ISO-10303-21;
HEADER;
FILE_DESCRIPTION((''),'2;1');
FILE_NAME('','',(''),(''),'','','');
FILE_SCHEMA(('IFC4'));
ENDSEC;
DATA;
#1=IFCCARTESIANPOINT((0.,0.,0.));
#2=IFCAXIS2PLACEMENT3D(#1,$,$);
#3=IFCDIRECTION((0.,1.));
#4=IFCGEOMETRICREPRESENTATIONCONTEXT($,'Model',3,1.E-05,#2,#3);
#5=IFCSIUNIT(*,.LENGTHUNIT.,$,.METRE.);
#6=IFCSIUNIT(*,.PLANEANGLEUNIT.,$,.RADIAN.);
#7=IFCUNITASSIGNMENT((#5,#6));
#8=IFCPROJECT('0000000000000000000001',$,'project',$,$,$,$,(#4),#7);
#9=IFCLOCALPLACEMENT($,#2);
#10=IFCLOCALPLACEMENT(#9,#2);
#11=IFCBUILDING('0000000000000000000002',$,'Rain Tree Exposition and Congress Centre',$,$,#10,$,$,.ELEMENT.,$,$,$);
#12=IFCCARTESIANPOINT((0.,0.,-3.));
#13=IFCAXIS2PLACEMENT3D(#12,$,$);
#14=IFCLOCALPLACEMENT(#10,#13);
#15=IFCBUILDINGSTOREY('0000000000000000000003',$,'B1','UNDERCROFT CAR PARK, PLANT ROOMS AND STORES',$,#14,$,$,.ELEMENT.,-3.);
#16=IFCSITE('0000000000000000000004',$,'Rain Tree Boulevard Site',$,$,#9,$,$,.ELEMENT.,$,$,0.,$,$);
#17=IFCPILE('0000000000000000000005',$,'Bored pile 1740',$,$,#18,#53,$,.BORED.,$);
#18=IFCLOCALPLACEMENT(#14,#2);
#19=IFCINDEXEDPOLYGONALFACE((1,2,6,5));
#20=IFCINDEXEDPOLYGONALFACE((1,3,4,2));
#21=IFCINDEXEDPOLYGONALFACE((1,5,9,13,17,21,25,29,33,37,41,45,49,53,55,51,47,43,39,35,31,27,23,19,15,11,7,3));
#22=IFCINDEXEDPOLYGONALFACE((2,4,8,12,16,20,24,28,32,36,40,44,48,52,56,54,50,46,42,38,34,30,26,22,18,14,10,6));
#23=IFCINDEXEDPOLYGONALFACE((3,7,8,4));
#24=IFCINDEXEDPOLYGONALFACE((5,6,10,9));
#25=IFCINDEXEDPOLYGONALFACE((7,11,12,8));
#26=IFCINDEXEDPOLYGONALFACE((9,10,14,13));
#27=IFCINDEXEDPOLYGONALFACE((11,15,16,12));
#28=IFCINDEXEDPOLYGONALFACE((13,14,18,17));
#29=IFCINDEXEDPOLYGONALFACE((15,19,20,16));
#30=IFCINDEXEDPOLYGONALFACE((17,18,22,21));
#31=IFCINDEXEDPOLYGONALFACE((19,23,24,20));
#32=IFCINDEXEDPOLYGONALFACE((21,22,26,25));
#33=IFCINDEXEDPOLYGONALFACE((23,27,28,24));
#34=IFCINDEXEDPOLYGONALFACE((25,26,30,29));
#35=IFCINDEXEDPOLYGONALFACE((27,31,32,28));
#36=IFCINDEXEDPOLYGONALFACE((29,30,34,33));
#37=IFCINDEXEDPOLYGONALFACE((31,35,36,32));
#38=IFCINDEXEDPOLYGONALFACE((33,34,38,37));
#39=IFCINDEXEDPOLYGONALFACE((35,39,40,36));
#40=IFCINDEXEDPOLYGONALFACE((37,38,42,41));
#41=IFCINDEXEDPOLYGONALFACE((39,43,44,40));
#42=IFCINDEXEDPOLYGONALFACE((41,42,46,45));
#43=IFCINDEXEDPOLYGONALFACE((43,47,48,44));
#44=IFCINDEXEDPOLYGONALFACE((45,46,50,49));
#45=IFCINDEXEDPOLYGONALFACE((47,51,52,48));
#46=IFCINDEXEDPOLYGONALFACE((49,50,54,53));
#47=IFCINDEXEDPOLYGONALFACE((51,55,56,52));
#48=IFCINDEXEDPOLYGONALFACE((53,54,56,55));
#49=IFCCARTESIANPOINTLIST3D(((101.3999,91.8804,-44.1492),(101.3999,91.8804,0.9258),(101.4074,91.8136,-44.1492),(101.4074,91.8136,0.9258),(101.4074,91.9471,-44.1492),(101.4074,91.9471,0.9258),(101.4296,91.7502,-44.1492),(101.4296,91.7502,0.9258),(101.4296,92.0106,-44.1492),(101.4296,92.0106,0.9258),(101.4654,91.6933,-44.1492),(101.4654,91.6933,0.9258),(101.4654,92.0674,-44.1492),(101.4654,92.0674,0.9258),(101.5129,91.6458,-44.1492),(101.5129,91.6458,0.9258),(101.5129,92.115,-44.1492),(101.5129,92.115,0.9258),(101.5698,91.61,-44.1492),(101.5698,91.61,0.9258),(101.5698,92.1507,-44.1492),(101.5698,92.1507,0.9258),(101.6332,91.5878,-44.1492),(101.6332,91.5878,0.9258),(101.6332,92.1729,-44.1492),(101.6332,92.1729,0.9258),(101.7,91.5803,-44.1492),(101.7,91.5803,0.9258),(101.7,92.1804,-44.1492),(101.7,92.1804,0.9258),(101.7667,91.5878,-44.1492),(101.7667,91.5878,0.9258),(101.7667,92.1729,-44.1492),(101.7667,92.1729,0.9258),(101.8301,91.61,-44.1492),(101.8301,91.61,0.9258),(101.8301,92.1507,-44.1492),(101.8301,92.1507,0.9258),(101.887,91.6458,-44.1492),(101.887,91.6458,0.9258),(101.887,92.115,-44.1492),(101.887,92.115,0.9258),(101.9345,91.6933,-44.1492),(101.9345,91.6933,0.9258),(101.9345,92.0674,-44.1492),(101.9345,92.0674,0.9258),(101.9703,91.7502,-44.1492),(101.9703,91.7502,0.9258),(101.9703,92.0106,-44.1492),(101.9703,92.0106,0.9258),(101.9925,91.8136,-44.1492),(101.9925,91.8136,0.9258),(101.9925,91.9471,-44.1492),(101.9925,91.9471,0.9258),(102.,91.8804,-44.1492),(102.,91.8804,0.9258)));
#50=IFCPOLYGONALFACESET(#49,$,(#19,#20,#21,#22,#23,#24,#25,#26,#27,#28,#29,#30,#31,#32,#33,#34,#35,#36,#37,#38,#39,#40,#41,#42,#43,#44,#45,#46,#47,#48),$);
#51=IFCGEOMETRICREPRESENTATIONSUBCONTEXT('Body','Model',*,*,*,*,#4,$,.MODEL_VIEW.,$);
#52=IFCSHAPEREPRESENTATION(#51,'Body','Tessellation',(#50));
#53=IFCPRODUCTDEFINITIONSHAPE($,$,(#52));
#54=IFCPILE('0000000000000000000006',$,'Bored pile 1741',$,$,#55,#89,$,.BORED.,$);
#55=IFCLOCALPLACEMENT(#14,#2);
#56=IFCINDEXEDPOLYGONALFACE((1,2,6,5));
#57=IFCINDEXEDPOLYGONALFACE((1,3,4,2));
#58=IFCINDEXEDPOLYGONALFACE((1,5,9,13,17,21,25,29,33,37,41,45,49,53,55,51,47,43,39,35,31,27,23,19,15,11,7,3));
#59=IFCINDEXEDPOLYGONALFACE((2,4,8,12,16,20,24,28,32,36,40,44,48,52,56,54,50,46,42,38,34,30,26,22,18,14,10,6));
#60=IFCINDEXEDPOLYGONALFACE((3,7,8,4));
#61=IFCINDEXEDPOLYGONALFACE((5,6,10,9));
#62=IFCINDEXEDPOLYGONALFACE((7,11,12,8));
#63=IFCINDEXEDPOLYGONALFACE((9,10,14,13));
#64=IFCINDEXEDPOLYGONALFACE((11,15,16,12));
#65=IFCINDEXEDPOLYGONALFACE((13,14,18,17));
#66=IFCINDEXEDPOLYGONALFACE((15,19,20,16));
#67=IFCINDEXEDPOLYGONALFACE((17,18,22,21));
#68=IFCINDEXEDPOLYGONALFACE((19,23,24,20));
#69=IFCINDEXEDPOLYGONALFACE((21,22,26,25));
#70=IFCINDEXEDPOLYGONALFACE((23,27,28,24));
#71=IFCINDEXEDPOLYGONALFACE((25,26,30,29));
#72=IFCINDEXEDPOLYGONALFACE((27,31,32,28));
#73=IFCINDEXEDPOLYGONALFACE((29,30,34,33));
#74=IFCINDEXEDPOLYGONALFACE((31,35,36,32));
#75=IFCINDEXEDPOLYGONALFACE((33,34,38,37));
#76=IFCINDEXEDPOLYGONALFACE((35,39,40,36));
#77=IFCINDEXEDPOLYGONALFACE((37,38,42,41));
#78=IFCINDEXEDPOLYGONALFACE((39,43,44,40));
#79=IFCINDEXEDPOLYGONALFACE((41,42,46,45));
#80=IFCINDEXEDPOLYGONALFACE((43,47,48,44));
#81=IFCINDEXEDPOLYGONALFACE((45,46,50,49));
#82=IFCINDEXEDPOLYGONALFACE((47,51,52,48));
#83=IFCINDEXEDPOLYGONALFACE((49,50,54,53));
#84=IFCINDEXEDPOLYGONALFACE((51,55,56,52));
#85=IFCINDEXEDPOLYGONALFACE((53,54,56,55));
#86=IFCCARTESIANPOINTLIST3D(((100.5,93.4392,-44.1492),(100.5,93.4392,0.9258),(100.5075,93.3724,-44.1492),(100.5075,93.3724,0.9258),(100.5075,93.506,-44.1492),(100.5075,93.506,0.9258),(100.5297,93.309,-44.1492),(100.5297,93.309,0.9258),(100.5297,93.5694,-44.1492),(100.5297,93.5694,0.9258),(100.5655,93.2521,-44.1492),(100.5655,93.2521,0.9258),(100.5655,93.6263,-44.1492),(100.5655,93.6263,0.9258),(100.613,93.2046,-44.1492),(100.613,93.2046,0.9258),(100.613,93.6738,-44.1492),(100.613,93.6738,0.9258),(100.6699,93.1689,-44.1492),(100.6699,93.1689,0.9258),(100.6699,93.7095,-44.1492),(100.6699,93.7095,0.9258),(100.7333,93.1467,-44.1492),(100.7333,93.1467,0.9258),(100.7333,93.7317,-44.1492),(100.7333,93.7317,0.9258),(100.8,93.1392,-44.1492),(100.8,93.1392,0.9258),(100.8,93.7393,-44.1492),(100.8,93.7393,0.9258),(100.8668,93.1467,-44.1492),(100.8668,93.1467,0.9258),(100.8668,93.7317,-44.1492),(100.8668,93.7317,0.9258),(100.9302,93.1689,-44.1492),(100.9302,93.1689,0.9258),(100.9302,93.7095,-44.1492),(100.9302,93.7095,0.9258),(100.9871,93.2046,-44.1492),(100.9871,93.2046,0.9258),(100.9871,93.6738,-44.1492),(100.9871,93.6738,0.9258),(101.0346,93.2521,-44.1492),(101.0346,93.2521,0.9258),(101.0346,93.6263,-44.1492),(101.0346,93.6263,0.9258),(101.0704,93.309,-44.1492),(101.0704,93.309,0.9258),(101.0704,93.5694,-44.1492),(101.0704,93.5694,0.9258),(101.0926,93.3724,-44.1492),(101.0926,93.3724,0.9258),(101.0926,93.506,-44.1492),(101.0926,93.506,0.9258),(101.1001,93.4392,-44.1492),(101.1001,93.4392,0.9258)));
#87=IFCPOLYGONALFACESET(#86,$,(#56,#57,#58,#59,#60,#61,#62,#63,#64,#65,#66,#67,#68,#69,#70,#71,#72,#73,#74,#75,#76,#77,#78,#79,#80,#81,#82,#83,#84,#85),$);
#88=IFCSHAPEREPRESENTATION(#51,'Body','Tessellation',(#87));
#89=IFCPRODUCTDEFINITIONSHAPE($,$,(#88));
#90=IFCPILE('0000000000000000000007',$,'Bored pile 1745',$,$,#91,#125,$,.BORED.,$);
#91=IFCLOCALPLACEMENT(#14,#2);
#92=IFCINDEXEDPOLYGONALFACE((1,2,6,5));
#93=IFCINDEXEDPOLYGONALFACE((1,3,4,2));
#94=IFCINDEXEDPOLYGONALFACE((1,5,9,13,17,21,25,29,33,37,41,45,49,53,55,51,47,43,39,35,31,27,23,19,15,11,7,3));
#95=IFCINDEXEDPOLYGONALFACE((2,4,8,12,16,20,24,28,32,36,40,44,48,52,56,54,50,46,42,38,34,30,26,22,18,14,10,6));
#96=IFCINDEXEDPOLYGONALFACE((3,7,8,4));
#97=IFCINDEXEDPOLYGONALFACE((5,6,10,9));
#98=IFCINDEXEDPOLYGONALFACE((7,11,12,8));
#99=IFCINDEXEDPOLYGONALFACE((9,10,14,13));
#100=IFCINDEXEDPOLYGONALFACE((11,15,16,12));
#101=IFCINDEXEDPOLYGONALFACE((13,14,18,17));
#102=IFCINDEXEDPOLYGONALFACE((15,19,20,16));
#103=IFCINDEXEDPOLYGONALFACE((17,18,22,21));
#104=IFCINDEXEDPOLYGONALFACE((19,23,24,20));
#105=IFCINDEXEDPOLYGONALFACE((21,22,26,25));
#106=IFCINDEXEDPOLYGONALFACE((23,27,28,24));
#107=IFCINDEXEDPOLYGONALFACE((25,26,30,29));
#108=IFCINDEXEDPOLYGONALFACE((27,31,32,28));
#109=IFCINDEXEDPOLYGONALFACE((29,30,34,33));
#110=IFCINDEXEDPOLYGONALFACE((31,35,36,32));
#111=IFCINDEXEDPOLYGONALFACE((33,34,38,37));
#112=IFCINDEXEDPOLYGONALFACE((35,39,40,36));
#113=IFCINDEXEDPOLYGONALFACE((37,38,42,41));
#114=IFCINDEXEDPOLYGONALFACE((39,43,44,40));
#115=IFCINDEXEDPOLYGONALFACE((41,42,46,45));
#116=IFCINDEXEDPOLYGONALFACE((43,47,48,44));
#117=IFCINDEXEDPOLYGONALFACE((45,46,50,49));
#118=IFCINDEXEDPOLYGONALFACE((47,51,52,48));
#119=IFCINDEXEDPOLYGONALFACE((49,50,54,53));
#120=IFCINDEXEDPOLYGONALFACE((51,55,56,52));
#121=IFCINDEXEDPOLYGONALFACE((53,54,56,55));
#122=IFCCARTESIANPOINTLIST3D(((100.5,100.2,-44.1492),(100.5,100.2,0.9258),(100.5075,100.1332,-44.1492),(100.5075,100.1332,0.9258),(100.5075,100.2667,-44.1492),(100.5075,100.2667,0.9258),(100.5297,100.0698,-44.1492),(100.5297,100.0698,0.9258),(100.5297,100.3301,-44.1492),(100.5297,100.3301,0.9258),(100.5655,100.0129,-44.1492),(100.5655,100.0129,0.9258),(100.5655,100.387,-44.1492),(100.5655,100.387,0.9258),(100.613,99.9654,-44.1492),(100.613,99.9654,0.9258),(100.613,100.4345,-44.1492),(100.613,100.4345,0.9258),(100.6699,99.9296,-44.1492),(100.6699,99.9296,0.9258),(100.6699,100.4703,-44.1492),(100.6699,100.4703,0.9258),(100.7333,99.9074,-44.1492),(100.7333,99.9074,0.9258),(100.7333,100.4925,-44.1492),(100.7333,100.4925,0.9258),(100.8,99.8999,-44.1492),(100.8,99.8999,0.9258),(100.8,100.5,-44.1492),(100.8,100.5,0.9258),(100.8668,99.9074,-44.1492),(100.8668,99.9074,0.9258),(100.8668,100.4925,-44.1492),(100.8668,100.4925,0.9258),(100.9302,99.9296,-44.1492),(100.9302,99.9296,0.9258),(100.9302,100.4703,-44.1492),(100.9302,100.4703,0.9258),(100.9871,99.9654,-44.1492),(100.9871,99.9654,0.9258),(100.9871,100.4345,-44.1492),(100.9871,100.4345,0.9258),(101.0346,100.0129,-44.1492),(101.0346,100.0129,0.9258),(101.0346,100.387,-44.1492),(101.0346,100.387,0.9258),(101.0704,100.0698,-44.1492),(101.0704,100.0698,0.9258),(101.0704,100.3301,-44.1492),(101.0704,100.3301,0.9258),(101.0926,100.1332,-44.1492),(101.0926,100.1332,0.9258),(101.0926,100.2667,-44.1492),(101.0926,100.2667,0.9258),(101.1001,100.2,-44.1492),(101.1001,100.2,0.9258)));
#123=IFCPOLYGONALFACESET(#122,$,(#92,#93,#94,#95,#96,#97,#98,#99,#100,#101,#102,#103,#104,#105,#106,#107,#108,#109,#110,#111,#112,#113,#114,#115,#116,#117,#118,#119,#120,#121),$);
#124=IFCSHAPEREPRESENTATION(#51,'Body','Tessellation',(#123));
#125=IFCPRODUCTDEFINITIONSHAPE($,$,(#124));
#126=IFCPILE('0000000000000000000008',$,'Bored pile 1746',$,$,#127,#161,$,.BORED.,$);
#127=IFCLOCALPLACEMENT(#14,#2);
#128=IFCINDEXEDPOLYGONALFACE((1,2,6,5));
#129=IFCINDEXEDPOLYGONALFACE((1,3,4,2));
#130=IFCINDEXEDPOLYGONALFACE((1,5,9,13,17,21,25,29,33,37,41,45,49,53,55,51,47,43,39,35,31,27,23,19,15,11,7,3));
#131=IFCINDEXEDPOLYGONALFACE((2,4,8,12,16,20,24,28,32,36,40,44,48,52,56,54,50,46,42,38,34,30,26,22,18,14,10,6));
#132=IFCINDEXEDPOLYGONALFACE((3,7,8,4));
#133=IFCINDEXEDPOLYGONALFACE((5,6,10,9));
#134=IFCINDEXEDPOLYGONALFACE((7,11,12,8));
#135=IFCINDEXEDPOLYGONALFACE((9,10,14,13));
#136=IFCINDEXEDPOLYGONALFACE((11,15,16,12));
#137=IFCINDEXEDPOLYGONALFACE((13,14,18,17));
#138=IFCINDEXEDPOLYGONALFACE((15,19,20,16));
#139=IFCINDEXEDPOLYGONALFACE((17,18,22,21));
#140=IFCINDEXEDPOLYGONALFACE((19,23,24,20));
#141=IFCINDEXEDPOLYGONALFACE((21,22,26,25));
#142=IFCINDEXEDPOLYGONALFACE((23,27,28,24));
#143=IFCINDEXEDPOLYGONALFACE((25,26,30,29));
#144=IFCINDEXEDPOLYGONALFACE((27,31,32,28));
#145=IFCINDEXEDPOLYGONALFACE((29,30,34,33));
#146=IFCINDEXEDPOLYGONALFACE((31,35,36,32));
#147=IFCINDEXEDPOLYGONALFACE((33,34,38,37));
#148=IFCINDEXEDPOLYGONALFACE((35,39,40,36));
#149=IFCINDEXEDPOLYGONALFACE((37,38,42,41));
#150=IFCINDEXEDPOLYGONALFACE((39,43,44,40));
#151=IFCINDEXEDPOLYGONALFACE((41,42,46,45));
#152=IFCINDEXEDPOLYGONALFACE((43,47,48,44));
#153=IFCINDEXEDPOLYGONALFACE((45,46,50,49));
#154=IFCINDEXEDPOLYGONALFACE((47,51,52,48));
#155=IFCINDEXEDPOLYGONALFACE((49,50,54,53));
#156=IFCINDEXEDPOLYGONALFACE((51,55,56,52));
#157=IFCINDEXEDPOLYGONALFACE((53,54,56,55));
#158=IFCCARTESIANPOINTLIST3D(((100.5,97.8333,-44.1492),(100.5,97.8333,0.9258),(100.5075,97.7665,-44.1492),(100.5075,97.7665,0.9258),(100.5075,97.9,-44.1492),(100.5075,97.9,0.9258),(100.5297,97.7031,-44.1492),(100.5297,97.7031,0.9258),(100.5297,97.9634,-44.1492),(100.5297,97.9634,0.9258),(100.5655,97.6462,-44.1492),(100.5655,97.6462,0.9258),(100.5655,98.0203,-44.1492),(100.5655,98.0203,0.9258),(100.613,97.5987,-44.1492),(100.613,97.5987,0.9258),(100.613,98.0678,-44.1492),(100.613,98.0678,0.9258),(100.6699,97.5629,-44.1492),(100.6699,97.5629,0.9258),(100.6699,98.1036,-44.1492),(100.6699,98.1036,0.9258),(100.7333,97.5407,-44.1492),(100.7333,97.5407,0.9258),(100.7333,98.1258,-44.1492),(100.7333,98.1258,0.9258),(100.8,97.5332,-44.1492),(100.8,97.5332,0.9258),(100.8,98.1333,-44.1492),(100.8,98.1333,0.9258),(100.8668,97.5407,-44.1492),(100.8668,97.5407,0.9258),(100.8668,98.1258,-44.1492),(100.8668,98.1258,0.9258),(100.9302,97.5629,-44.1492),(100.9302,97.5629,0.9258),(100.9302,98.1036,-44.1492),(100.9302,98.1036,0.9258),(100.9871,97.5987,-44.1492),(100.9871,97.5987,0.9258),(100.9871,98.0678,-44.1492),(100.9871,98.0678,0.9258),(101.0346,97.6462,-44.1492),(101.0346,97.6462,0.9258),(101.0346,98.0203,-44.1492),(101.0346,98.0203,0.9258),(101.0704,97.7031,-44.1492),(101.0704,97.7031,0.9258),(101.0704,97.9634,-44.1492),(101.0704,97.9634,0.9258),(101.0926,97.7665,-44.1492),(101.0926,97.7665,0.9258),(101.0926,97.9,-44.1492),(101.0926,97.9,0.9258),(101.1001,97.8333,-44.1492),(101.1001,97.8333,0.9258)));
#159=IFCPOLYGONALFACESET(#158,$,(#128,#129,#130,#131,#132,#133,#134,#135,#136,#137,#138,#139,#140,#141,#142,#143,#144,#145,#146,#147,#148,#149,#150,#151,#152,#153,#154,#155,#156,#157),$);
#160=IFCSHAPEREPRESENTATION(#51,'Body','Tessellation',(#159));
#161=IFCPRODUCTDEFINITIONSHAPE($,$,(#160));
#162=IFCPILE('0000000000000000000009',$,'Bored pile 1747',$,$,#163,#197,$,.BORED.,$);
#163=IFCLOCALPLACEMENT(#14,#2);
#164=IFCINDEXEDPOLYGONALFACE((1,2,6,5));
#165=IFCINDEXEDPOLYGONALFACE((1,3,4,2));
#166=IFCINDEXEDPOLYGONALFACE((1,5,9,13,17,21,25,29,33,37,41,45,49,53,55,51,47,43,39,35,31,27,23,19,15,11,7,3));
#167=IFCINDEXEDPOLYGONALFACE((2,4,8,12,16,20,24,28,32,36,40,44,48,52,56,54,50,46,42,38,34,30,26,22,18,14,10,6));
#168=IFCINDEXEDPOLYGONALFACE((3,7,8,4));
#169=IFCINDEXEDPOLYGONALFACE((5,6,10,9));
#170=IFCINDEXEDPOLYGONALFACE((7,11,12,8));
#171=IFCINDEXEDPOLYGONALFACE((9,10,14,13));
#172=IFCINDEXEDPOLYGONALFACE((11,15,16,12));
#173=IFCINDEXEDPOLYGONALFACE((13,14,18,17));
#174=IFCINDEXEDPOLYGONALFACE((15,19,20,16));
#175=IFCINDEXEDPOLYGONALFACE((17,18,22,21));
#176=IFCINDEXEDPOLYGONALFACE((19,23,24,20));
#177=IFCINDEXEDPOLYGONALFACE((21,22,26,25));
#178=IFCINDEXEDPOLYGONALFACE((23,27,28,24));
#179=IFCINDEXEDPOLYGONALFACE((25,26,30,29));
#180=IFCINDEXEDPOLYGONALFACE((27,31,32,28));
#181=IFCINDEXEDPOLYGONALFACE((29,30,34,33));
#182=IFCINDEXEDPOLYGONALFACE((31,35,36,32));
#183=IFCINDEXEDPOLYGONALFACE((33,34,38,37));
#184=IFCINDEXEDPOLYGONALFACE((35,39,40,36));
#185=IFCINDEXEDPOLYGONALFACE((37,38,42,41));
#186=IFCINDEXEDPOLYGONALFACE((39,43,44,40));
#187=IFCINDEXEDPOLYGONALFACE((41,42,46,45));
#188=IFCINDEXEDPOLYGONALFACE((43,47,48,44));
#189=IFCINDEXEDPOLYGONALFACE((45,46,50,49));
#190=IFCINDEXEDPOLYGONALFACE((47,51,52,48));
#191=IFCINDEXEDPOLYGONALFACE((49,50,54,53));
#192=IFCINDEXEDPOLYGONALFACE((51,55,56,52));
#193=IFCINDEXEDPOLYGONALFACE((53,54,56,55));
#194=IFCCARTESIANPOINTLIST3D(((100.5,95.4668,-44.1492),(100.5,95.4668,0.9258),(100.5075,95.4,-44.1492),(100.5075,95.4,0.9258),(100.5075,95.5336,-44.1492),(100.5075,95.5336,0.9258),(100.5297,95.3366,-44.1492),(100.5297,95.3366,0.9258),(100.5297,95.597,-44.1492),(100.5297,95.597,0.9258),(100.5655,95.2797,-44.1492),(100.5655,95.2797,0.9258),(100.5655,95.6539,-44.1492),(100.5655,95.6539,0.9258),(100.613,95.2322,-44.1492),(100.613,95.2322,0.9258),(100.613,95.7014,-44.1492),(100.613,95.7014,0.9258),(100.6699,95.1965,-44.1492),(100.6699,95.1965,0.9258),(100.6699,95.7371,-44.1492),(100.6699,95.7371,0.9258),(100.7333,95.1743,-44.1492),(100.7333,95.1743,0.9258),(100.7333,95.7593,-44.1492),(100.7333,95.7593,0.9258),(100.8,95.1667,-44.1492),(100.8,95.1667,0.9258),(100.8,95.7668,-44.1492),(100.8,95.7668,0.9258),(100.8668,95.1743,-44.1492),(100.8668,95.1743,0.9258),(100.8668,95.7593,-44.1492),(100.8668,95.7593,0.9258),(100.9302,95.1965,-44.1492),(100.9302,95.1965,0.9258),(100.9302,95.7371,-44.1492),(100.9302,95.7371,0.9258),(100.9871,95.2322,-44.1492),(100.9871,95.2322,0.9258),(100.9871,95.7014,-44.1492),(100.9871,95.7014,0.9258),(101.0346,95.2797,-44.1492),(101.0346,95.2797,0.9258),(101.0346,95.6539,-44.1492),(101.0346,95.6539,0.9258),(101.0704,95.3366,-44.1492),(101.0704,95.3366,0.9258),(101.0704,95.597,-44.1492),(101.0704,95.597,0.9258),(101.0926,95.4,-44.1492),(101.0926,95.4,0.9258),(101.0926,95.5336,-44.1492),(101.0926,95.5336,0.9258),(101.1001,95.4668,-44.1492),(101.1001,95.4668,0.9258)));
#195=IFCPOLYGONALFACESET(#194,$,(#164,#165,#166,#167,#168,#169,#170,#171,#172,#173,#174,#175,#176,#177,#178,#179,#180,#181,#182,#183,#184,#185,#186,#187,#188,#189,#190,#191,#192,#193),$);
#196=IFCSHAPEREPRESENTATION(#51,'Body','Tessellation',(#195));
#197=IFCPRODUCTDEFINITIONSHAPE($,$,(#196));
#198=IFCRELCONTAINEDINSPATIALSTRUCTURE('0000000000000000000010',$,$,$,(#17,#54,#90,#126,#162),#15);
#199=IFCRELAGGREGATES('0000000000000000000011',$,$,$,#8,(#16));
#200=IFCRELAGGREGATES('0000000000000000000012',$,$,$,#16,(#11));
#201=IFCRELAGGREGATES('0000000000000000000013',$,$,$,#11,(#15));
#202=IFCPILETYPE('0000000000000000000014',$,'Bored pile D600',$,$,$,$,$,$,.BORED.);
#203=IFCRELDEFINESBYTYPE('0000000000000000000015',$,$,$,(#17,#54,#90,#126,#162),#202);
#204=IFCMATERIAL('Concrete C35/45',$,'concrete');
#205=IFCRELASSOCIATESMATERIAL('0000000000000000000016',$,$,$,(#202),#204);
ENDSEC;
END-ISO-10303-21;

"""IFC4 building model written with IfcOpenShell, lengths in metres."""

from ifc_helpers import new_model, si_unit, direction, frame, origin, origin_2d, place, context, subcontext, project, spatial, circle, extrude, material, material_profile, profile_set, type_object, element, save


model = new_model("IFC4")

# Units and contexts
model_context = context("Model", 3, precision=1e-05, world=origin(), true_north=direction((0.0, 1.0)))
body_context = subcontext(model_context, "Body", "Model", "MODEL_VIEW")
ifc_project = project(units=[si_unit("LENGTHUNIT", "METRE"), si_unit("PLANEANGLEUNIT", "RADIAN")], contexts=[model_context])

# Site, building, storey
site_placement = place(None, origin())
site = spatial("IfcSite", under=ifc_project, at=site_placement, Name="Rain Tree Boulevard Site", CompositionType="ELEMENT", RefElevation=0.0)
building_placement = place(site_placement, origin())
building = spatial("IfcBuilding", under=site, at=building_placement, Name="Rain Tree Exposition and Congress Centre", CompositionType="ELEMENT")
storey_placement = place(building_placement, frame((0.0, 0.0, -3.0)))
storey = spatial("IfcBuildingStorey", under=building, at=storey_placement, Name="B1", Description="UNDERCROFT CAR PARK, PLANT ROOMS AND STORES", CompositionType="ELEMENT", Elevation=-3.0)

# Piles
ifc_material_1 = material(Name="Concrete C35/45", Category="concrete")
ifc_material_profile_1 = material_profile(ifc_material_1, circle(Radius=0.3, at=origin_2d()), Name="D600")
ifc_profile_set_1 = profile_set([ifc_material_profile_1], Name="Concrete C35/45")
pile_type_1 = type_object("IfcPileType", Name="Bored pile D600", PredefinedType="BORED", material=ifc_profile_set_1)
for number, where, z_axis, x_axis, name in (
    (1, (101.7, 91.8804, 0.9258), (0.0, 0.0, -1.0), (1.0, 0.0, 0.0), "Bored pile 1740"),
    (2, (100.8, 93.4392, 0.9258), (0.0, 0.0, -1.0), (1.0, 0.0, 0.0), "Bored pile 1741"),
    (3, (100.8, 100.2, 0.9258), (0.0, 0.0, -1.0), (1.0, 0.0, 0.0), "Bored pile 1745"),
    (4, (100.8, 97.8333, 0.9258), (0.0, 0.0, -1.0), (1.0, 0.0, 0.0), "Bored pile 1746"),
    (5, (100.8, 95.4668, 0.9258), (0.0, 0.0, -1.0), (1.0, 0.0, 0.0), "Bored pile 1747"),
):
    element("IfcPile", number, at=place(storey_placement, frame(where, z_axis=z_axis, x_axis=x_axis)), inside=storey, type_object=pile_type_1, Name=name, PredefinedType="BORED", context=body_context, shape_type="SweptSolid", body=[
        extrude(circle(Radius=0.3, at=origin_2d()), origin(), (0.0, 0.0, 1.0), 45.075),
    ])

save(model, "model.ifc")
